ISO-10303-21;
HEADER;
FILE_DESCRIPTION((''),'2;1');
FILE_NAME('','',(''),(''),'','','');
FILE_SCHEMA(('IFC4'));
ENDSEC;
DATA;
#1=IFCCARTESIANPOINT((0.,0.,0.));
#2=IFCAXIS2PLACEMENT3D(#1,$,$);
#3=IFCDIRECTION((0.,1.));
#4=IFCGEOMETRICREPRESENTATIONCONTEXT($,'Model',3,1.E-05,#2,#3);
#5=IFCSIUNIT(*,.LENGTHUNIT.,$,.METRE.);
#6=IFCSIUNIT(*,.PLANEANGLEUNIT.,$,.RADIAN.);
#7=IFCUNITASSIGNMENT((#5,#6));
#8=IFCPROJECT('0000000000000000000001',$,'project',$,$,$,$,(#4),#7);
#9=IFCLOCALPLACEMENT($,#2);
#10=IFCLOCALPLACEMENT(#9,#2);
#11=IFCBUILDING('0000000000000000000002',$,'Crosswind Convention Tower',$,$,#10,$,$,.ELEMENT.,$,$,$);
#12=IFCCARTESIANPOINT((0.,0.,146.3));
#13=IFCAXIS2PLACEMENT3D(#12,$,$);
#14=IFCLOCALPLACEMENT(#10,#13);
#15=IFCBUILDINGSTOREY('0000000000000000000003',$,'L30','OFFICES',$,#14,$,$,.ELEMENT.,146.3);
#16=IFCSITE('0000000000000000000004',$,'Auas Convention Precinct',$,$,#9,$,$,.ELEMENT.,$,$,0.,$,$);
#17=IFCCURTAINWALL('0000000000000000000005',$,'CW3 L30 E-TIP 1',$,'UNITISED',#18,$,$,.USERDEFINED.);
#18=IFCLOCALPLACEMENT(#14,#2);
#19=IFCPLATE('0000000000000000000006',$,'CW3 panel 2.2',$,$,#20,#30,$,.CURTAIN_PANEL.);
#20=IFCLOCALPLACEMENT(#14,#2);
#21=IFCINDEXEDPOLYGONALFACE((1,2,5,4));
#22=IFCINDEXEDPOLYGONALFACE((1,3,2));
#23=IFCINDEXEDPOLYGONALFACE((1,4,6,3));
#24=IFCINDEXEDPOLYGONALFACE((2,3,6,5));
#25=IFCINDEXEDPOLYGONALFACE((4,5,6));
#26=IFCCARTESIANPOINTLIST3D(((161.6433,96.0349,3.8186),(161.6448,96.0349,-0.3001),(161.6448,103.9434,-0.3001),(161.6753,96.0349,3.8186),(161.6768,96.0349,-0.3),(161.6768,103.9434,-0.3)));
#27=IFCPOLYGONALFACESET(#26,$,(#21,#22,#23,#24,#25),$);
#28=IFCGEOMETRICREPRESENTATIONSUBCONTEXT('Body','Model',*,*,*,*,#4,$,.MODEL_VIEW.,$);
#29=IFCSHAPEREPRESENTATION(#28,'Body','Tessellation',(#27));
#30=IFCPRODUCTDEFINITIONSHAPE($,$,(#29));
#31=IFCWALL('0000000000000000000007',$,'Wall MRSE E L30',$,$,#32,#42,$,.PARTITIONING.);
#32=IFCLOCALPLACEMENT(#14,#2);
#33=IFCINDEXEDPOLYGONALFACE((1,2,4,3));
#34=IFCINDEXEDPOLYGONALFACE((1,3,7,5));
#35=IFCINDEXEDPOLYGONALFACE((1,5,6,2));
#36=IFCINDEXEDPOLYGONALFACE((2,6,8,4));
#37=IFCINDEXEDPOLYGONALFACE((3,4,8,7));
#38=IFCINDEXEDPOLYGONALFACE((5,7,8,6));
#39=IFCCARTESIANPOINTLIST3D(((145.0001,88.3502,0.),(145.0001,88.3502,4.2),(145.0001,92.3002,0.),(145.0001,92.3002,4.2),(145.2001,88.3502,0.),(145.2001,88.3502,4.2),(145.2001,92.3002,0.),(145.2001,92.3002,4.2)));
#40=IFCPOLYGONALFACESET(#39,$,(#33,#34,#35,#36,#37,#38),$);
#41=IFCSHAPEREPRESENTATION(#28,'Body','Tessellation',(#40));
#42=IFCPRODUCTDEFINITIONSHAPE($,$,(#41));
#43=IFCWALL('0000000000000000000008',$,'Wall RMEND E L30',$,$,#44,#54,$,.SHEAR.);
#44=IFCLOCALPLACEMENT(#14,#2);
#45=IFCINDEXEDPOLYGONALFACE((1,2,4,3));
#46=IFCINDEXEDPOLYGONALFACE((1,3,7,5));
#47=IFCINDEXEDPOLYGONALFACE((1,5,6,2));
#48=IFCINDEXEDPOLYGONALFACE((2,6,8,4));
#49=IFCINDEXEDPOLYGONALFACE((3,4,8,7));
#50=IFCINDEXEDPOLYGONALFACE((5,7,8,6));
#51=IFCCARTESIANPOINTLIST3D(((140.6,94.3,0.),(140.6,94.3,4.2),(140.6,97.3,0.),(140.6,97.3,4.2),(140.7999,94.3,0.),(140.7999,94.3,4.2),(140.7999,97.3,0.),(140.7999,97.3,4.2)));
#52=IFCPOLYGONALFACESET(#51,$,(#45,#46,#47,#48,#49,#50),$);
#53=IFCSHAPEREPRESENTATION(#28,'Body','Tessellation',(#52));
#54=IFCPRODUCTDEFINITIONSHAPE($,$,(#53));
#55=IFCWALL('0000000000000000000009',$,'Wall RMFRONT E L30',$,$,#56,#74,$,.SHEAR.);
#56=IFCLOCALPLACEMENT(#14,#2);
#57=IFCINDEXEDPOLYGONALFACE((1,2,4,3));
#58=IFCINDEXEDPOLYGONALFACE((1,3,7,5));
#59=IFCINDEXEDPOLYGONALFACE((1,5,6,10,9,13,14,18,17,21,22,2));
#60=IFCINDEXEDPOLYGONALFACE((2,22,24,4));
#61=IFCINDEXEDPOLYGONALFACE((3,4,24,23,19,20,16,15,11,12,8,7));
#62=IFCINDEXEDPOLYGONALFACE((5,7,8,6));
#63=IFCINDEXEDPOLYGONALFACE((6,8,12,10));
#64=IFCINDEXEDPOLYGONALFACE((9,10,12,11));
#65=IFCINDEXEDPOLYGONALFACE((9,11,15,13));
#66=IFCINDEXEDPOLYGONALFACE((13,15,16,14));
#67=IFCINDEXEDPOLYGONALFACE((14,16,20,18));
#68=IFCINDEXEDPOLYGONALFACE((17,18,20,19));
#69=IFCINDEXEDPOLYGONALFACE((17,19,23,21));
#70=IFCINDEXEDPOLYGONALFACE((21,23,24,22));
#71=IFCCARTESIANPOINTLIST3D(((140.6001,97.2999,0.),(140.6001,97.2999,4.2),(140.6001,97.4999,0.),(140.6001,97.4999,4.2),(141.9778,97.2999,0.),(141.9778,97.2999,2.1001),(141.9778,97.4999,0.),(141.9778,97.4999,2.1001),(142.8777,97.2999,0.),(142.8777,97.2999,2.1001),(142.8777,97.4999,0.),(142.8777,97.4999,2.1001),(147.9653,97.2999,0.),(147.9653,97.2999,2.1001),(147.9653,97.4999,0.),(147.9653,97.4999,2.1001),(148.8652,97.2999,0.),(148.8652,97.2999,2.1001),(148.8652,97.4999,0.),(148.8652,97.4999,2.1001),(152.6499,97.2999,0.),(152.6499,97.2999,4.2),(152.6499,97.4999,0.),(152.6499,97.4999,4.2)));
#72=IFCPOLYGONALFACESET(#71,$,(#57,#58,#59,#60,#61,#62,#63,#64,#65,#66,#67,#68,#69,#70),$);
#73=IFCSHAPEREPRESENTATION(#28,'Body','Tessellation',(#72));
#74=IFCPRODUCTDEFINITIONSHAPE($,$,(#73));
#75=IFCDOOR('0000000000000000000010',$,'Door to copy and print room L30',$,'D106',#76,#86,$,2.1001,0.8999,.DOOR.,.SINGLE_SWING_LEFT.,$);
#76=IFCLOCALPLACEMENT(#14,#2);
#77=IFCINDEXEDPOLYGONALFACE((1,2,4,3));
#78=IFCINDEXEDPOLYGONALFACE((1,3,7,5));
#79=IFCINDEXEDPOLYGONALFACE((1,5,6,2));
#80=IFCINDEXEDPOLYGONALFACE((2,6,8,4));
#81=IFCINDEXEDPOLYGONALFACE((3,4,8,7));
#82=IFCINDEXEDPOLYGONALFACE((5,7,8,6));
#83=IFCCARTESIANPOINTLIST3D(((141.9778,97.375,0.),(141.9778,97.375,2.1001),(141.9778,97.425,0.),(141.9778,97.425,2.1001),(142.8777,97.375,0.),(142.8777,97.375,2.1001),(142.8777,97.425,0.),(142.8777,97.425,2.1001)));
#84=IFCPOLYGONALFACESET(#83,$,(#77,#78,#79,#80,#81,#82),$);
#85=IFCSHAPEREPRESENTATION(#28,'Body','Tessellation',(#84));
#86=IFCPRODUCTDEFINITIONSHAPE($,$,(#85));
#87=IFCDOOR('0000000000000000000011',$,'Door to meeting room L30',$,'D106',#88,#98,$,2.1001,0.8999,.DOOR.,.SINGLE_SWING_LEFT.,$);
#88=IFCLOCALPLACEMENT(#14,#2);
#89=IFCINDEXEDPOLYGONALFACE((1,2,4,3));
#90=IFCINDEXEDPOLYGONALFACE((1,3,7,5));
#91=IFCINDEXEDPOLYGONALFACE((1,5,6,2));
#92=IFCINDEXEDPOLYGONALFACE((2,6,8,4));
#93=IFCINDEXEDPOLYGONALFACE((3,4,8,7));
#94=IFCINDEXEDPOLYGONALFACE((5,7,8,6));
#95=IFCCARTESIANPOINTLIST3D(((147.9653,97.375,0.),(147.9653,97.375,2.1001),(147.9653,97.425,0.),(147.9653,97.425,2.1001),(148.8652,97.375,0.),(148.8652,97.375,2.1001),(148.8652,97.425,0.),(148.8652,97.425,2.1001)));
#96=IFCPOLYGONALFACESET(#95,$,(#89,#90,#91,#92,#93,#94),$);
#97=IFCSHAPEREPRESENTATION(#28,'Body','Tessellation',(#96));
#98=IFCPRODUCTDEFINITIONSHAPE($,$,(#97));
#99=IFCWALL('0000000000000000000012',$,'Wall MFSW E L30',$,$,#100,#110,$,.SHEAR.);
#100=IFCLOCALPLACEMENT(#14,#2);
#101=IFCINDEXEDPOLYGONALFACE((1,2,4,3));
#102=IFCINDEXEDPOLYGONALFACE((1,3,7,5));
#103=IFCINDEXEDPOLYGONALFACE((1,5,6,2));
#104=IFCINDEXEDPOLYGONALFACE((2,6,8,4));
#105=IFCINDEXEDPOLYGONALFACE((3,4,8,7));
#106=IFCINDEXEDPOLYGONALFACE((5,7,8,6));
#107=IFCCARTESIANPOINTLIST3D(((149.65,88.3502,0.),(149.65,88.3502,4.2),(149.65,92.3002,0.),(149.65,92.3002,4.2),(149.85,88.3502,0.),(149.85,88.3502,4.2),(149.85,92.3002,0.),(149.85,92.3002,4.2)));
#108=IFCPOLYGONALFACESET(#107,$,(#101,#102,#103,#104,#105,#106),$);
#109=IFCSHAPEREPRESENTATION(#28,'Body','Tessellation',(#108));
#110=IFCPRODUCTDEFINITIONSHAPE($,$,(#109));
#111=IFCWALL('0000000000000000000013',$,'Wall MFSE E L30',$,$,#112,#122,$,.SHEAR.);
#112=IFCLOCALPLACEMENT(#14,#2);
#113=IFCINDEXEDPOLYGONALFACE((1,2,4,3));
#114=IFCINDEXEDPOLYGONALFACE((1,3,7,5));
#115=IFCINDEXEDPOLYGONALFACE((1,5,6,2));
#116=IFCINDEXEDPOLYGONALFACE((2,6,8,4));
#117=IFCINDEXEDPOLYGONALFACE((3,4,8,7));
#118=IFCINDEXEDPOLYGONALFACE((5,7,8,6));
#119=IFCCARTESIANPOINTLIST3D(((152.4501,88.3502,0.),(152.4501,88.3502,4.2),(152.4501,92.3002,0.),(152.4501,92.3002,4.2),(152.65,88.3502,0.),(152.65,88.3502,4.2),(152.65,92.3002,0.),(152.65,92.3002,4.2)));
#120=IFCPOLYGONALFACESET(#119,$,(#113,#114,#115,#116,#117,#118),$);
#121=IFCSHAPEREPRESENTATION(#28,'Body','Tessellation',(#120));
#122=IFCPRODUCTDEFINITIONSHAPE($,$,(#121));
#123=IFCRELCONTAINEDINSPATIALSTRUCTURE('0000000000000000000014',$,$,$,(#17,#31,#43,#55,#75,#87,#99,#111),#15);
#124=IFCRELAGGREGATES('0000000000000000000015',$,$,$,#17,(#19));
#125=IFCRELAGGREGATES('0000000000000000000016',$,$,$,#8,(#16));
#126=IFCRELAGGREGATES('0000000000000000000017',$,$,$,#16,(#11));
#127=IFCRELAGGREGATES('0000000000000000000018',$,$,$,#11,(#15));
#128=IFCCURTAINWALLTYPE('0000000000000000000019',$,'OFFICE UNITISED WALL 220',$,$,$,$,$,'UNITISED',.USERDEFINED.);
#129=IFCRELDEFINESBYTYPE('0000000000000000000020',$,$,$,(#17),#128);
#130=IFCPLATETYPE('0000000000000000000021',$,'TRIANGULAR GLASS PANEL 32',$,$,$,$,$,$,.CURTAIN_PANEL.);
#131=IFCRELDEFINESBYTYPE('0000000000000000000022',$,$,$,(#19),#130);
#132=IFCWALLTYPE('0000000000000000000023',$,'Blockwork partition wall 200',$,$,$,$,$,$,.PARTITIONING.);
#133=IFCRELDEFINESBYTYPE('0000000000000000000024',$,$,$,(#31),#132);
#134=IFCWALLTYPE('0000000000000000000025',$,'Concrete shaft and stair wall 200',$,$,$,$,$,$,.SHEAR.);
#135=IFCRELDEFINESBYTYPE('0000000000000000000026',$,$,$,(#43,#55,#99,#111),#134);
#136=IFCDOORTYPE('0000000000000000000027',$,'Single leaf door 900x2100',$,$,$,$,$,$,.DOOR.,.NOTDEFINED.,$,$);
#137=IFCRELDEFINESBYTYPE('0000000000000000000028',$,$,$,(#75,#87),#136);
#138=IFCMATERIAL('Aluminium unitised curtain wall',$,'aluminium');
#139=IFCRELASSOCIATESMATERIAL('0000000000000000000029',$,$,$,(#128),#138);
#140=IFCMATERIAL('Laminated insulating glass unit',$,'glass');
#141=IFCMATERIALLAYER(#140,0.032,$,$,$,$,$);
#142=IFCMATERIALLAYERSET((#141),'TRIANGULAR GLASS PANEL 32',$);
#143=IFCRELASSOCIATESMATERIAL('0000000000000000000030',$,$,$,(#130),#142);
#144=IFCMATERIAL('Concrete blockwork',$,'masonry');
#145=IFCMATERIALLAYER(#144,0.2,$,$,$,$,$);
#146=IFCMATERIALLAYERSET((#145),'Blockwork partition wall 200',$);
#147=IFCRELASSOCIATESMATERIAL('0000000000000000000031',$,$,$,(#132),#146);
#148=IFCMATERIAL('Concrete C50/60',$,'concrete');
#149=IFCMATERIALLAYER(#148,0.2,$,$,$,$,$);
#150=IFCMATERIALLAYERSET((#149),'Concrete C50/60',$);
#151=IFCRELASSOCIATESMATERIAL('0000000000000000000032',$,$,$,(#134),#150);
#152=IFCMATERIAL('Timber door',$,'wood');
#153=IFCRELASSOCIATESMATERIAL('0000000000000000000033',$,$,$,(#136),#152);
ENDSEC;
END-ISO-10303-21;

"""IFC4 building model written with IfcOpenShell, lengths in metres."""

from ifc_helpers import new_model, si_unit, direction, frame, frame_2d, origin, place, context, subcontext, project, spatial, polyline, rectangle, outline, extrude, material, layer, layer_set, type_object, element, fill, aggregate, save


model = new_model("IFC4")

# Units and contexts
model_context = context("Model", 3, precision=1e-05, world=origin(), true_north=direction((0.0, 1.0)))
body_context = subcontext(model_context, "Body", "Model", "MODEL_VIEW")
ifc_project = project(units=[si_unit("LENGTHUNIT", "METRE"), si_unit("PLANEANGLEUNIT", "RADIAN")], contexts=[model_context])

# Site, building, storey
site_placement = place(None, origin())
site = spatial("IfcSite", under=ifc_project, at=site_placement, Name="Auas Convention Precinct", CompositionType="ELEMENT", RefElevation=0.0)
building_placement = place(site_placement, origin())
building = spatial("IfcBuilding", under=site, at=building_placement, Name="Crosswind Convention Tower", CompositionType="ELEMENT")
storey_placement = place(building_placement, frame((0.0, 0.0, 146.3)))
storey = spatial("IfcBuildingStorey", under=building, at=storey_placement, Name="L30", Description="OFFICES", CompositionType="ELEMENT", Elevation=146.3)

# Curtain wall
ifc_material_1 = material(Name="Aluminium unitised curtain wall", Category="aluminium")
curtain_wall_type = type_object("IfcCurtainWallType", Name="OFFICE UNITISED WALL 220", ElementType="UNITISED", PredefinedType="USERDEFINED", material=ifc_material_1)
curtain_wall_placement = place(storey_placement, origin())
curtain_wall = element("IfcCurtainWall", 1, at=curtain_wall_placement, inside=storey, type_object=curtain_wall_type, Name="CW3 L30 E-TIP 1", ObjectType="UNITISED", PredefinedType="USERDEFINED")

# Plate
ifc_material_2 = material(Name="Laminated insulating glass unit", Category="glass")
ifc_layer_1 = layer(ifc_material_2, 0.032)
ifc_layer_set_1 = layer_set([ifc_layer_1], Name="TRIANGULAR GLASS PANEL 32")
plate_type = type_object("IfcPlateType", Name="TRIANGULAR GLASS PANEL 32", PredefinedType="CURTAIN_PANEL", material=ifc_layer_set_1)
plate_1_placement = place(storey_placement, frame((161.6768, 96.0349, -0.3), z_axis=(1.0, 0.0, 0.000356), x_axis=(0.0, 1.0, 0.0)))
plate_1 = element("IfcPlate", 2, at=plate_1_placement, type_object=plate_type, Name="CW3 panel 2.2", PredefinedType="CURTAIN_PANEL", context=body_context, shape_type="SweptSolid", body=[
    extrude(outline(polyline([(0.0, 0.0), (7.9084, 0.0), (0.0, 4.1187), (0.0, 0.0)])), origin(), (0.0, 0.0, -1.0), 0.032),
])
aggregate(curtain_wall, [plate_1])

# Wall
ifc_material_3 = material(Name="Concrete blockwork", Category="masonry")
ifc_layer_2 = layer(ifc_material_3, 0.2)
ifc_layer_set_2 = layer_set([ifc_layer_2], Name="Blockwork partition wall 200")
wall_type_1 = type_object("IfcWallType", Name="Blockwork partition wall 200", PredefinedType="PARTITIONING", material=ifc_layer_set_2)
wall_1_placement = place(storey_placement, frame((145.1001, 88.3501, 0.0), z_axis=(0.0, 0.0, 1.0), x_axis=(0.0, 1.0, 0.0)))
element("IfcWall", 3, at=wall_1_placement, inside=storey, type_object=wall_type_1, Name="Wall MRSE E L30", PredefinedType="PARTITIONING", context=body_context, shape_type="SweptSolid", body=[
    extrude(rectangle(XDim=3.95, YDim=0.2, at=frame_2d((1.9751, 0.0))), origin(), (0.0, 0.0, 1.0), 4.2),
])

# Wall
ifc_material_4 = material(Name="Concrete C50/60", Category="concrete")
ifc_layer_3 = layer(ifc_material_4, 0.2)
ifc_layer_set_3 = layer_set([ifc_layer_3], Name="Concrete C50/60")
wall_type_2 = type_object("IfcWallType", Name="Concrete shaft and stair wall 200", PredefinedType="SHEAR", material=ifc_layer_set_3)
wall_2_placement = place(storey_placement, frame((140.7, 94.3, 0.0), z_axis=(0.0, 0.0, 1.0), x_axis=(0.0, 1.0, 0.0)))
element("IfcWall", 4, at=wall_2_placement, inside=storey, type_object=wall_type_2, Name="Wall RMEND E L30", PredefinedType="SHEAR", context=body_context, shape_type="SweptSolid", body=[
    extrude(rectangle(XDim=3.0, YDim=0.2, at=frame_2d((1.5, 0.0))), origin(), (0.0, 0.0, 1.0), 4.2),
])

# Wall, openings, doors
wall_3_placement = place(storey_placement, frame((140.6001, 97.3999, 0.0), z_axis=(0.0, 0.0, 1.0), x_axis=(1.0, 0.0, 0.0)))
wall_3 = element("IfcWall", 5, at=wall_3_placement, inside=storey, type_object=wall_type_2, Name="Wall RMFRONT E L30", PredefinedType="SHEAR", context=body_context, shape_type="SweptSolid", body=[
    extrude(rectangle(XDim=12.0498, YDim=0.2, at=frame_2d((6.0249, 0.0))), origin(), (0.0, 0.0, 1.0), 4.2),
])
opening_1_placement = place(wall_3_placement, frame((1.3777, 0.0, 0.0)))
opening_1 = element("IfcOpeningElement", 6, at=opening_1_placement, cuts=wall_3, PredefinedType="OPENING", context=body_context, shape_type="SweptSolid", body=[
    extrude(rectangle(XDim=0.8999, YDim=2.1001, at=frame_2d((0.45, 1.05))), frame((0.0, 0.1099, 0.0), z_axis=(0.0, -1.0, 0.0), x_axis=(1.0, 0.0, 0.0)), (0.0, 0.0, 1.0), 0.22),
])
opening_2_placement = place(wall_3_placement, frame((7.3652, 0.0, 0.0)))
opening_2 = element("IfcOpeningElement", 7, at=opening_2_placement, cuts=wall_3, PredefinedType="OPENING", context=body_context, shape_type="SweptSolid", body=[
    extrude(rectangle(XDim=0.8999, YDim=2.1001, at=frame_2d((0.45, 1.05))), frame((0.0, 0.1099, 0.0), z_axis=(0.0, -1.0, 0.0), x_axis=(1.0, 0.0, 0.0)), (0.0, 0.0, 1.0), 0.22),
])
ifc_material_5 = material(Name="Timber door", Category="wood")
door_type_1 = type_object("IfcDoorType", Name="Single leaf door 900x2100", OperationType="NOTDEFINED", PredefinedType="DOOR", material=ifc_material_5)
door_1_placement = place(opening_1_placement, frame((0.8999, 0.0, 0.0), z_axis=(0.0, 0.0, 1.0), x_axis=(-1.0, 0.0, 0.0)))
door_1 = element("IfcDoor", 8, at=door_1_placement, inside=storey, type_object=door_type_1, Name="Door to copy and print room L30", ObjectType="D106", OperationType="SINGLE_SWING_LEFT", OverallHeight=2.1001, OverallWidth=0.8999, PredefinedType="DOOR", context=body_context, shape_type="SweptSolid", body=[
    extrude(rectangle(XDim=0.8999, YDim=2.1001, at=frame_2d((0.45, 1.05))), frame((0.0, 0.0249, 0.0), z_axis=(0.0, -1.0, 0.0), x_axis=(1.0, 0.0, 0.0)), (0.0, 0.0, 1.0), 0.05),
])
fill(opening_1, door_1)
door_2_placement = place(opening_2_placement, frame((0.8999, 0.0, 0.0), z_axis=(0.0, 0.0, 1.0), x_axis=(-1.0, 0.0, 0.0)))
door_2 = element("IfcDoor", 9, at=door_2_placement, inside=storey, type_object=door_type_1, Name="Door to meeting room L30", ObjectType="D106", OperationType="SINGLE_SWING_LEFT", OverallHeight=2.1001, OverallWidth=0.8999, PredefinedType="DOOR", context=body_context, shape_type="SweptSolid", body=[
    extrude(rectangle(XDim=0.8999, YDim=2.1001, at=frame_2d((0.45, 1.05))), frame((0.0, 0.0249, 0.0), z_axis=(0.0, -1.0, 0.0), x_axis=(1.0, 0.0, 0.0)), (0.0, 0.0, 1.0), 0.05),
])
fill(opening_2, door_2)

# Walls
for number, where, z_axis, x_axis, name in (
    (10, (149.75, 88.3501, 0.0), (0.0, 0.0, 1.0), (0.0, 1.0, 0.0), "Wall MFSW E L30"),
    (11, (152.55, 88.3501, 0.0), (0.0, 0.0, 1.0), (0.0, 1.0, 0.0), "Wall MFSE E L30"),
):
    element("IfcWall", number, at=place(storey_placement, frame(where, z_axis=z_axis, x_axis=x_axis)), inside=storey, type_object=wall_type_2, Name=name, PredefinedType="SHEAR", context=body_context, shape_type="SweptSolid", body=[
        extrude(rectangle(XDim=3.95, YDim=0.2, at=frame_2d((1.9751, 0.0))), origin(), (0.0, 0.0, 1.0), 4.2),
    ])

save(model, "model.ifc")
